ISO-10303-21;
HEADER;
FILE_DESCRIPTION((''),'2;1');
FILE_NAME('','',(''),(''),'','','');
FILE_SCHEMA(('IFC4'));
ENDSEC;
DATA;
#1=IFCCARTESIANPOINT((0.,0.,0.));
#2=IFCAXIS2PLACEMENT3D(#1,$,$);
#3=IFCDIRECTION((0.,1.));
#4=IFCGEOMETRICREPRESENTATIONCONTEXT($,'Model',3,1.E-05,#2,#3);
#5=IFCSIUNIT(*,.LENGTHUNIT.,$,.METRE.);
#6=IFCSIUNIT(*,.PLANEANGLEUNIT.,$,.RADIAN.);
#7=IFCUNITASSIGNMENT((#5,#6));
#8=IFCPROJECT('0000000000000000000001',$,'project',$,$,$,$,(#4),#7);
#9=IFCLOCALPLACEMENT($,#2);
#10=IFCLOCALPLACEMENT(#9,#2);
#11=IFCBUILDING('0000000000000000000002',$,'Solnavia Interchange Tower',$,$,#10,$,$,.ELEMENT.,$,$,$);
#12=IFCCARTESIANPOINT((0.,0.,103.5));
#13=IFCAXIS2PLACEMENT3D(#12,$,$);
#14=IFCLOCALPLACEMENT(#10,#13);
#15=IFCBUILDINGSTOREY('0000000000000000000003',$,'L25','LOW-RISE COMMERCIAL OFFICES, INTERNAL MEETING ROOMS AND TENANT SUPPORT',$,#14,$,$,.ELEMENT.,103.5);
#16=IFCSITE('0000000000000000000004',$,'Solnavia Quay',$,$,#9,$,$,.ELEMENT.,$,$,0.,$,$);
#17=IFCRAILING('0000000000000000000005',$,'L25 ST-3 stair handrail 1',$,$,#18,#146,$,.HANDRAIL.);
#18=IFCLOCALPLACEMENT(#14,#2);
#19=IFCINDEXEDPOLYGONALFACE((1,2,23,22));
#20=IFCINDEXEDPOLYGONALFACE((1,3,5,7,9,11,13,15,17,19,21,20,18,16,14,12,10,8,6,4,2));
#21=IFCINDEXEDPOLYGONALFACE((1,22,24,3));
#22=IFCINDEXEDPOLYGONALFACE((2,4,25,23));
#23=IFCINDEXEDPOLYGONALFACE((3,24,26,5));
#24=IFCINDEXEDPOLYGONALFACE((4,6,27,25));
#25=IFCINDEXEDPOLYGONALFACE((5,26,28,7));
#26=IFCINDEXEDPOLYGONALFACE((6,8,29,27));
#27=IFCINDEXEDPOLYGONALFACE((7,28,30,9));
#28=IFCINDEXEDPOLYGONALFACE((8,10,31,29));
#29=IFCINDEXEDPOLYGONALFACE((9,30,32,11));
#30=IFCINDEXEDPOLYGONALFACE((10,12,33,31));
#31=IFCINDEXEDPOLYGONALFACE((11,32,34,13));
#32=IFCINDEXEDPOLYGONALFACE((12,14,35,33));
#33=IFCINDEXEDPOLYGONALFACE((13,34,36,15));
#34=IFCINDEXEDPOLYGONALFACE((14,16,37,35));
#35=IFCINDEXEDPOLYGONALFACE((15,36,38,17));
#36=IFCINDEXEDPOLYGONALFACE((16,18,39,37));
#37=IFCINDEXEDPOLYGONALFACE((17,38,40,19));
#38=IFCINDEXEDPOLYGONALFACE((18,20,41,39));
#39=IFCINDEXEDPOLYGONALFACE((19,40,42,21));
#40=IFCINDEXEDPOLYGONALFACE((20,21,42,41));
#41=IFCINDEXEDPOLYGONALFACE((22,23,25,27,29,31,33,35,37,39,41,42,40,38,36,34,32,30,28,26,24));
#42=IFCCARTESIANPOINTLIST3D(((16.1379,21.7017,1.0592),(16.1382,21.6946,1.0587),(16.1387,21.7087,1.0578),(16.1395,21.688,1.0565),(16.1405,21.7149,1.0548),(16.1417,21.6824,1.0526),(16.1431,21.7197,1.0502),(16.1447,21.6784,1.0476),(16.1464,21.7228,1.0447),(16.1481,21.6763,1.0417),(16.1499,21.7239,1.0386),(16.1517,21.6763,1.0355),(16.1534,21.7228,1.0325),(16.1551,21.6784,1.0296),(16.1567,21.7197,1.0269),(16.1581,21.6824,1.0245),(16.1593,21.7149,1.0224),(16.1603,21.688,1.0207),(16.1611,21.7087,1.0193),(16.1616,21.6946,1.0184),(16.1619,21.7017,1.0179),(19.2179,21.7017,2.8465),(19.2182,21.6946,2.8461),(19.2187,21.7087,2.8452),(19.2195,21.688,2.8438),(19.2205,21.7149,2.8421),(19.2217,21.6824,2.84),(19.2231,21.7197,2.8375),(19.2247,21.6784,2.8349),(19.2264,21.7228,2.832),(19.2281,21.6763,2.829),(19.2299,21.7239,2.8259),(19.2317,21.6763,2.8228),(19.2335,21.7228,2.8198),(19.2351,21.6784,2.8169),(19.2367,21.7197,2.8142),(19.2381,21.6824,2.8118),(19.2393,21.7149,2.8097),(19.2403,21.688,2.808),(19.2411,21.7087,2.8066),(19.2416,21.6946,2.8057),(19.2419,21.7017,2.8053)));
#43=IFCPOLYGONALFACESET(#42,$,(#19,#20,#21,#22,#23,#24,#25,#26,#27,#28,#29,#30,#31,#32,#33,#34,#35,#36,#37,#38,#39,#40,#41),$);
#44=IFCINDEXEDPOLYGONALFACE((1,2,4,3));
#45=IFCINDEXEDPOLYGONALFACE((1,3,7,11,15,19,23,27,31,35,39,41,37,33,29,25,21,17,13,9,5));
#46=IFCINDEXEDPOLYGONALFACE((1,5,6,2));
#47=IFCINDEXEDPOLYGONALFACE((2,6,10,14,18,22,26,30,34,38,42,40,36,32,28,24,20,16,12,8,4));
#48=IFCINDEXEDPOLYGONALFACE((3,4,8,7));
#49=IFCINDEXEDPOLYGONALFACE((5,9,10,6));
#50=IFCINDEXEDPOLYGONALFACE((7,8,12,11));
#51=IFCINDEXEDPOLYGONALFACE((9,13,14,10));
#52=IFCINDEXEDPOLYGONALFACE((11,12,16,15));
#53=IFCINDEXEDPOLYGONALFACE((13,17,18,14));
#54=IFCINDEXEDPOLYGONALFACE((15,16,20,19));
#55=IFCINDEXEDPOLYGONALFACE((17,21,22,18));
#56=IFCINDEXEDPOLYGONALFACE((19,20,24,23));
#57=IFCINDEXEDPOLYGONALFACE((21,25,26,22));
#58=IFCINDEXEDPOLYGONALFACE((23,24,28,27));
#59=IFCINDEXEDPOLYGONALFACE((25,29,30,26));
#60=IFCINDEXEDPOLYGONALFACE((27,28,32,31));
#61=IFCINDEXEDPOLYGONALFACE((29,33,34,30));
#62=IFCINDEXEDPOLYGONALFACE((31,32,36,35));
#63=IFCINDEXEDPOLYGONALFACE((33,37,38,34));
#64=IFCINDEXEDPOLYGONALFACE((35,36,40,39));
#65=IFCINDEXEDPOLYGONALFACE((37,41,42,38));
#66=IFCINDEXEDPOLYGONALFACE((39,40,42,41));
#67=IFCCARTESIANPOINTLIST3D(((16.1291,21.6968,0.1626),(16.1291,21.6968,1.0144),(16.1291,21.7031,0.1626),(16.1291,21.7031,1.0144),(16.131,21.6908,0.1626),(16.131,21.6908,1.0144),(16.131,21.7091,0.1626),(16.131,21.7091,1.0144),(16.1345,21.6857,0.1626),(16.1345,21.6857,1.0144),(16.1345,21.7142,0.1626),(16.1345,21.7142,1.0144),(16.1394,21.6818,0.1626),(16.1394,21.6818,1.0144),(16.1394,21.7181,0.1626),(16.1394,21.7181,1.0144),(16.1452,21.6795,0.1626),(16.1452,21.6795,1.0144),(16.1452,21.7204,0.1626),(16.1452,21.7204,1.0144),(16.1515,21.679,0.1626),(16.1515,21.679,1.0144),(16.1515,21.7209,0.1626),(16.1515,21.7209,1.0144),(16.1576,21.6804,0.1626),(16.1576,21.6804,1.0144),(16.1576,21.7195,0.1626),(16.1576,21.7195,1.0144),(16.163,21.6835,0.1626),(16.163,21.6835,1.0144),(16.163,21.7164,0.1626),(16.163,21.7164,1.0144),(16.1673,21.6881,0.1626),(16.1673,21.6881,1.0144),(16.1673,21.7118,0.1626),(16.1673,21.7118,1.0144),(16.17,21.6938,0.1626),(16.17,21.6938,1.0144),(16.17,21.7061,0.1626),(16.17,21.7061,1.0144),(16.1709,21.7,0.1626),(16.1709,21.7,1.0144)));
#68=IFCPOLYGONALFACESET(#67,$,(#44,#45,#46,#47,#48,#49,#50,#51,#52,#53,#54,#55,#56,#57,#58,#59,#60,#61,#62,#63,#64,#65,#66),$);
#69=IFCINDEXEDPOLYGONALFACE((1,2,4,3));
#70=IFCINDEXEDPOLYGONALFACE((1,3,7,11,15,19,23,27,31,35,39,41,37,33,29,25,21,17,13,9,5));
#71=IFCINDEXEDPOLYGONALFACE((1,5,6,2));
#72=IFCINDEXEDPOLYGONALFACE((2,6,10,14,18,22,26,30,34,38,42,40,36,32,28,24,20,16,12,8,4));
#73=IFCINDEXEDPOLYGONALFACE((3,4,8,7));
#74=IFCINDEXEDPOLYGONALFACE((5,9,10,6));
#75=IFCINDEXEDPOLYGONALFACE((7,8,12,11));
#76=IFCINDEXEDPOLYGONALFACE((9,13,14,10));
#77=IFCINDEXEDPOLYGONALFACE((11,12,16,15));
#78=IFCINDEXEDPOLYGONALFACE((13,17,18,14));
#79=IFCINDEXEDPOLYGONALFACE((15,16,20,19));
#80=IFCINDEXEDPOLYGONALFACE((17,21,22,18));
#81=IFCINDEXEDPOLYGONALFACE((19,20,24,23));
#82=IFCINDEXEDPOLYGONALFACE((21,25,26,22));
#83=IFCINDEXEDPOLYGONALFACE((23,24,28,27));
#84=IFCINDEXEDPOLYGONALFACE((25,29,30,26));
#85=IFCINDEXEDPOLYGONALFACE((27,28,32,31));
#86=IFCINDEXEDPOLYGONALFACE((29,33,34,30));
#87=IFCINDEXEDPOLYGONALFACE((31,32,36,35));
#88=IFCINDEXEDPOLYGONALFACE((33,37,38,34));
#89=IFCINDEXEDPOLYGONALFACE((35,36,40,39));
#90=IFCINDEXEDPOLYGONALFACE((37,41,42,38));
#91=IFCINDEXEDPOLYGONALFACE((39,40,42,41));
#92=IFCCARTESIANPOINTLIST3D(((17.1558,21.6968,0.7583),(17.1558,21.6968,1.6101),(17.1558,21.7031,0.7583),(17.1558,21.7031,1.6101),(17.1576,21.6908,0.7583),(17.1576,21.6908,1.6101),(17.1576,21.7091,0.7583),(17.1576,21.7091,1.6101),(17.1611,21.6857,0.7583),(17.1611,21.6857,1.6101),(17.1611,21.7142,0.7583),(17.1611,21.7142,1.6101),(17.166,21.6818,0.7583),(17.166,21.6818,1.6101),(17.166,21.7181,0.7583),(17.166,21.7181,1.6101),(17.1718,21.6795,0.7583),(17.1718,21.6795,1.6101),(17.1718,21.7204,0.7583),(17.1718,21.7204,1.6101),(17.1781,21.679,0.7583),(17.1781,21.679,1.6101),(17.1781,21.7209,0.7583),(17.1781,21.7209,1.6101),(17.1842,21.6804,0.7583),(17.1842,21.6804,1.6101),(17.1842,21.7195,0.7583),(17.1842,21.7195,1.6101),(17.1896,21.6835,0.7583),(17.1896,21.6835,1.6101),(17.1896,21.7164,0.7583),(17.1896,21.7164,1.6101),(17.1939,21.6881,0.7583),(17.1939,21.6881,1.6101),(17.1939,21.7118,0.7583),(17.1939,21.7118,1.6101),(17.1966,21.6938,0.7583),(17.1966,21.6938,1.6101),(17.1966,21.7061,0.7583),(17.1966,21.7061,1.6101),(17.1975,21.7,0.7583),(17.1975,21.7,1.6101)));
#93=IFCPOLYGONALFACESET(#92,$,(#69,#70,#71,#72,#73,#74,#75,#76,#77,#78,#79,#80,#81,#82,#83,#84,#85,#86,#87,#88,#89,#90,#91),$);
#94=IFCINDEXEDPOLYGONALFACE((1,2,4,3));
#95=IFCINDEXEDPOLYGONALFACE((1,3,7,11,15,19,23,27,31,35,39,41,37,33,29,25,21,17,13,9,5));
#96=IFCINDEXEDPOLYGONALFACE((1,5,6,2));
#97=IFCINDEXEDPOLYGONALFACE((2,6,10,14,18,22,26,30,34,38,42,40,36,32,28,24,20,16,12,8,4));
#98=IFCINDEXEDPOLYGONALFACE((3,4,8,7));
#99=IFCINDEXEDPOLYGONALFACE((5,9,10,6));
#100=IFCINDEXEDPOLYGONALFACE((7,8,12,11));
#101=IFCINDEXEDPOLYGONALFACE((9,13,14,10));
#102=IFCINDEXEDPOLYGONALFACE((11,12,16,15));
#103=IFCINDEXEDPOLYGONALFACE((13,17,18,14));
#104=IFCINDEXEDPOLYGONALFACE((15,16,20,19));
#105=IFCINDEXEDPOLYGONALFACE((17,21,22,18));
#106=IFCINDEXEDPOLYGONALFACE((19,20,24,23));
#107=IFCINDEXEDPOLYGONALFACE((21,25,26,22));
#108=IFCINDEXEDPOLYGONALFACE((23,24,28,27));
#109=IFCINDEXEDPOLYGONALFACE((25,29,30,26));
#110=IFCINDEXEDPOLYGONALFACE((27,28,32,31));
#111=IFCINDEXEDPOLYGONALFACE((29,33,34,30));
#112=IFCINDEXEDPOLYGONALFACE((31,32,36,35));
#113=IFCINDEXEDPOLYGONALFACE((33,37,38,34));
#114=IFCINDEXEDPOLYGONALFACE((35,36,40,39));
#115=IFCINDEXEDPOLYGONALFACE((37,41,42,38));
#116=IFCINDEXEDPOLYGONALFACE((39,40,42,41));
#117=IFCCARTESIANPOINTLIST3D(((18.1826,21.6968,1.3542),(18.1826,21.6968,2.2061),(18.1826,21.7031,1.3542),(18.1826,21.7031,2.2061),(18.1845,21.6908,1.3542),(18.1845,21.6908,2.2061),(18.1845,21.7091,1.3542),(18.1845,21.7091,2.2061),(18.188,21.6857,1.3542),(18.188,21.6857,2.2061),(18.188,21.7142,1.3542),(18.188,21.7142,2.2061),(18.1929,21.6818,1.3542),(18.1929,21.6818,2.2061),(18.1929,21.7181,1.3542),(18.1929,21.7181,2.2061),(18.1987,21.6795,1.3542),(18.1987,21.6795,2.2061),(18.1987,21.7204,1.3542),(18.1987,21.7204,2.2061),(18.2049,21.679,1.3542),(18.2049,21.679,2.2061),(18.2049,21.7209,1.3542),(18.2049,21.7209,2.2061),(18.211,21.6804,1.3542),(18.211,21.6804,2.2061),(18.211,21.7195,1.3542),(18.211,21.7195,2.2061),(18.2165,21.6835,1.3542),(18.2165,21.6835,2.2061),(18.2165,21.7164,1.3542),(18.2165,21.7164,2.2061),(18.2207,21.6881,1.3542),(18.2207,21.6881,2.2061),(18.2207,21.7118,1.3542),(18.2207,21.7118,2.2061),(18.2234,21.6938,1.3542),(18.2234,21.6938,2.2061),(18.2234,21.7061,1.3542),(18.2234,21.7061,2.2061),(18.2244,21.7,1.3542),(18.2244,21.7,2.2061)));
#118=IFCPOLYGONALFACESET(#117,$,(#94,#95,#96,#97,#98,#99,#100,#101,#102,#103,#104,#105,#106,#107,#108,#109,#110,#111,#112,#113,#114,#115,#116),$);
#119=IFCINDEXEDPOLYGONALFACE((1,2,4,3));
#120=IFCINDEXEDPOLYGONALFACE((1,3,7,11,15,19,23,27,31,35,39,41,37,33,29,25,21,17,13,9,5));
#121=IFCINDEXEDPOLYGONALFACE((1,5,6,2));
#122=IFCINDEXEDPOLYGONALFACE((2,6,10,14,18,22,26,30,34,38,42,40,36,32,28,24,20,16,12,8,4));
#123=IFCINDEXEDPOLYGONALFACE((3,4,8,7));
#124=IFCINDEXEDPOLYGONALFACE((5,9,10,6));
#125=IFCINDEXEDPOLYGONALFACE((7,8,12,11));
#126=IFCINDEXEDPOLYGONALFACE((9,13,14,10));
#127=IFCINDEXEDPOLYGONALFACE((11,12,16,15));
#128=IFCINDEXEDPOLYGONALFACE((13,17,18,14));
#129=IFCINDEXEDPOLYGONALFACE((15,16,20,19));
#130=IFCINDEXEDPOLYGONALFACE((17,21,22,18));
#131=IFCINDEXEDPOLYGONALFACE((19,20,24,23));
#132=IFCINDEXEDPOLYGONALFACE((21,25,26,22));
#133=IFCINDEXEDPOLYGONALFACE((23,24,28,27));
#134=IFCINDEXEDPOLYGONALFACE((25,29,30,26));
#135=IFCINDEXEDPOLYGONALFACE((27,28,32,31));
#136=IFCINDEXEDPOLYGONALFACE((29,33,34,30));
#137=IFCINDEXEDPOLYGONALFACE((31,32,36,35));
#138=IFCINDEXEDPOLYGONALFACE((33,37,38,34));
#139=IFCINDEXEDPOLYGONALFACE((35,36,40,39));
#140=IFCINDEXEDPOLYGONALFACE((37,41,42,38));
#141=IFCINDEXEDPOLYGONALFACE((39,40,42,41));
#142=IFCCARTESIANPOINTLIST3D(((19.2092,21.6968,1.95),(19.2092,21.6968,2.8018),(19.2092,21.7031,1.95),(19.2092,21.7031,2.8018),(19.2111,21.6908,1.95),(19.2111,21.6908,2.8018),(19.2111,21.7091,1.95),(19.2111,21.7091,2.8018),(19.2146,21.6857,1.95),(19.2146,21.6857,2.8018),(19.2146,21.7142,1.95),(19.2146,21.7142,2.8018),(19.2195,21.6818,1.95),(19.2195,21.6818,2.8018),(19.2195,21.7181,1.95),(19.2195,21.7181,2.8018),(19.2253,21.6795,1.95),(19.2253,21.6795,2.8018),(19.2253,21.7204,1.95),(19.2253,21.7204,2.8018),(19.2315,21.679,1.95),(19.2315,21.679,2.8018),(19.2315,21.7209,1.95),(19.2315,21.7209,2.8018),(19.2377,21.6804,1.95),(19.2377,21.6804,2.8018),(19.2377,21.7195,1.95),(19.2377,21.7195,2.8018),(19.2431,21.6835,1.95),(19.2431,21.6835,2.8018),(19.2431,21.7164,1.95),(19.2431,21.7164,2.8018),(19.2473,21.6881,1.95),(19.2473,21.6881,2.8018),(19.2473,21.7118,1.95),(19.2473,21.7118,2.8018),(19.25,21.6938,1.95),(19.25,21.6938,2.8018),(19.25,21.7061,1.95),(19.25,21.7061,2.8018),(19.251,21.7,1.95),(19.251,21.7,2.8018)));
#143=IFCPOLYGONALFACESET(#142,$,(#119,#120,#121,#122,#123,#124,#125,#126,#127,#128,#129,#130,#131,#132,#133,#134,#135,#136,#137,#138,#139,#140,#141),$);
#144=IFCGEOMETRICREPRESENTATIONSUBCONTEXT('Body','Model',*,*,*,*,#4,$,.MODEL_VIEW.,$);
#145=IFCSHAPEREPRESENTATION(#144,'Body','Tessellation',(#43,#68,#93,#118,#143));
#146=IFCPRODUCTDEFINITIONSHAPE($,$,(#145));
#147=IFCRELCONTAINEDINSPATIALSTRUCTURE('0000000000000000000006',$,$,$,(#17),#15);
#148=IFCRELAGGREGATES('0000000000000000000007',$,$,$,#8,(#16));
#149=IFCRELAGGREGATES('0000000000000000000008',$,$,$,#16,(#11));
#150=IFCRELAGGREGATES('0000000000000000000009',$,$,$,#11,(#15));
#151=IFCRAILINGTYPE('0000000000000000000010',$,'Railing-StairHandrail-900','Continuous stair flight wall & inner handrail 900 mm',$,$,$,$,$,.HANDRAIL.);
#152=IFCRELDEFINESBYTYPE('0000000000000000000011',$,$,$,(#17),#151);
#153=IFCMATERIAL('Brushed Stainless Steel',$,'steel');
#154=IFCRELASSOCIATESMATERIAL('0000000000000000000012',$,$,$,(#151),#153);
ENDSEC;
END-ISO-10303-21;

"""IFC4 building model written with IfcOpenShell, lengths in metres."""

from ifc_helpers import new_model, si_unit, direction, frame, origin, origin_2d, place, context, subcontext, project, spatial, circle, extrude, material, type_object, element, save


model = new_model("IFC4")

# Units and contexts
model_context = context("Model", 3, precision=1e-05, world=origin(), true_north=direction((0.0, 1.0)))
body_context = subcontext(model_context, "Body", "Model", "MODEL_VIEW")
ifc_project = project(units=[si_unit("LENGTHUNIT", "METRE"), si_unit("PLANEANGLEUNIT", "RADIAN")], contexts=[model_context])

# Site, building, storey
site_placement = place(None, origin())
site = spatial("IfcSite", under=ifc_project, at=site_placement, Name="Solnavia Quay", CompositionType="ELEMENT", RefElevation=0.0)
building_placement = place(site_placement, origin())
building = spatial("IfcBuilding", under=site, at=building_placement, Name="Solnavia Interchange Tower", CompositionType="ELEMENT")
storey_placement = place(building_placement, frame((0.0, 0.0, 103.5)))
storey = spatial("IfcBuildingStorey", under=building, at=storey_placement, Name="L25", Description="LOW-RISE COMMERCIAL OFFICES, INTERNAL MEETING ROOMS AND TENANT SUPPORT", CompositionType="ELEMENT", Elevation=103.5)

# Railing
ifc_material_1 = material(Name="Brushed Stainless Steel", Category="steel")
railing_type_1 = type_object("IfcRailingType", Name="Railing-StairHandrail-900", Description="Continuous stair flight wall & inner handrail 900 mm", PredefinedType="HANDRAIL", material=ifc_material_1)
railing_1_placement = place(storey_placement, frame((16.1499, 21.7, 0.1626)))
element("IfcRailing", 1, at=railing_1_placement, inside=storey, type_object=railing_type_1, Name="L25 ST-3 stair handrail 1", PredefinedType="HANDRAIL", context=body_context, shape_type="SweptSolid", body=[
    extrude(circle(Radius=0.0239, at=origin_2d()), frame((0.0, 0.0, 0.876), z_axis=(0.86492, 0.0, 0.501909), x_axis=(0.0, 1.0, 0.0)), (0.0, 0.0, 1.0), 3.561),
    extrude(circle(Radius=0.021, at=origin_2d()), origin(), (0.0, 0.0, 1.0), 0.8518),
    extrude(circle(Radius=0.021, at=origin_2d()), frame((1.0266, 0.0, 0.5957)), (0.0, 0.0, 1.0), 0.8518),
    extrude(circle(Radius=0.021, at=origin_2d()), frame((2.0535, 0.0, 1.1917)), (0.0, 0.0, 1.0), 0.8518),
    extrude(circle(Radius=0.021, at=origin_2d()), frame((3.0801, 0.0, 1.7874)), (0.0, 0.0, 1.0), 0.8518),
])

save(model, "model.ifc")
